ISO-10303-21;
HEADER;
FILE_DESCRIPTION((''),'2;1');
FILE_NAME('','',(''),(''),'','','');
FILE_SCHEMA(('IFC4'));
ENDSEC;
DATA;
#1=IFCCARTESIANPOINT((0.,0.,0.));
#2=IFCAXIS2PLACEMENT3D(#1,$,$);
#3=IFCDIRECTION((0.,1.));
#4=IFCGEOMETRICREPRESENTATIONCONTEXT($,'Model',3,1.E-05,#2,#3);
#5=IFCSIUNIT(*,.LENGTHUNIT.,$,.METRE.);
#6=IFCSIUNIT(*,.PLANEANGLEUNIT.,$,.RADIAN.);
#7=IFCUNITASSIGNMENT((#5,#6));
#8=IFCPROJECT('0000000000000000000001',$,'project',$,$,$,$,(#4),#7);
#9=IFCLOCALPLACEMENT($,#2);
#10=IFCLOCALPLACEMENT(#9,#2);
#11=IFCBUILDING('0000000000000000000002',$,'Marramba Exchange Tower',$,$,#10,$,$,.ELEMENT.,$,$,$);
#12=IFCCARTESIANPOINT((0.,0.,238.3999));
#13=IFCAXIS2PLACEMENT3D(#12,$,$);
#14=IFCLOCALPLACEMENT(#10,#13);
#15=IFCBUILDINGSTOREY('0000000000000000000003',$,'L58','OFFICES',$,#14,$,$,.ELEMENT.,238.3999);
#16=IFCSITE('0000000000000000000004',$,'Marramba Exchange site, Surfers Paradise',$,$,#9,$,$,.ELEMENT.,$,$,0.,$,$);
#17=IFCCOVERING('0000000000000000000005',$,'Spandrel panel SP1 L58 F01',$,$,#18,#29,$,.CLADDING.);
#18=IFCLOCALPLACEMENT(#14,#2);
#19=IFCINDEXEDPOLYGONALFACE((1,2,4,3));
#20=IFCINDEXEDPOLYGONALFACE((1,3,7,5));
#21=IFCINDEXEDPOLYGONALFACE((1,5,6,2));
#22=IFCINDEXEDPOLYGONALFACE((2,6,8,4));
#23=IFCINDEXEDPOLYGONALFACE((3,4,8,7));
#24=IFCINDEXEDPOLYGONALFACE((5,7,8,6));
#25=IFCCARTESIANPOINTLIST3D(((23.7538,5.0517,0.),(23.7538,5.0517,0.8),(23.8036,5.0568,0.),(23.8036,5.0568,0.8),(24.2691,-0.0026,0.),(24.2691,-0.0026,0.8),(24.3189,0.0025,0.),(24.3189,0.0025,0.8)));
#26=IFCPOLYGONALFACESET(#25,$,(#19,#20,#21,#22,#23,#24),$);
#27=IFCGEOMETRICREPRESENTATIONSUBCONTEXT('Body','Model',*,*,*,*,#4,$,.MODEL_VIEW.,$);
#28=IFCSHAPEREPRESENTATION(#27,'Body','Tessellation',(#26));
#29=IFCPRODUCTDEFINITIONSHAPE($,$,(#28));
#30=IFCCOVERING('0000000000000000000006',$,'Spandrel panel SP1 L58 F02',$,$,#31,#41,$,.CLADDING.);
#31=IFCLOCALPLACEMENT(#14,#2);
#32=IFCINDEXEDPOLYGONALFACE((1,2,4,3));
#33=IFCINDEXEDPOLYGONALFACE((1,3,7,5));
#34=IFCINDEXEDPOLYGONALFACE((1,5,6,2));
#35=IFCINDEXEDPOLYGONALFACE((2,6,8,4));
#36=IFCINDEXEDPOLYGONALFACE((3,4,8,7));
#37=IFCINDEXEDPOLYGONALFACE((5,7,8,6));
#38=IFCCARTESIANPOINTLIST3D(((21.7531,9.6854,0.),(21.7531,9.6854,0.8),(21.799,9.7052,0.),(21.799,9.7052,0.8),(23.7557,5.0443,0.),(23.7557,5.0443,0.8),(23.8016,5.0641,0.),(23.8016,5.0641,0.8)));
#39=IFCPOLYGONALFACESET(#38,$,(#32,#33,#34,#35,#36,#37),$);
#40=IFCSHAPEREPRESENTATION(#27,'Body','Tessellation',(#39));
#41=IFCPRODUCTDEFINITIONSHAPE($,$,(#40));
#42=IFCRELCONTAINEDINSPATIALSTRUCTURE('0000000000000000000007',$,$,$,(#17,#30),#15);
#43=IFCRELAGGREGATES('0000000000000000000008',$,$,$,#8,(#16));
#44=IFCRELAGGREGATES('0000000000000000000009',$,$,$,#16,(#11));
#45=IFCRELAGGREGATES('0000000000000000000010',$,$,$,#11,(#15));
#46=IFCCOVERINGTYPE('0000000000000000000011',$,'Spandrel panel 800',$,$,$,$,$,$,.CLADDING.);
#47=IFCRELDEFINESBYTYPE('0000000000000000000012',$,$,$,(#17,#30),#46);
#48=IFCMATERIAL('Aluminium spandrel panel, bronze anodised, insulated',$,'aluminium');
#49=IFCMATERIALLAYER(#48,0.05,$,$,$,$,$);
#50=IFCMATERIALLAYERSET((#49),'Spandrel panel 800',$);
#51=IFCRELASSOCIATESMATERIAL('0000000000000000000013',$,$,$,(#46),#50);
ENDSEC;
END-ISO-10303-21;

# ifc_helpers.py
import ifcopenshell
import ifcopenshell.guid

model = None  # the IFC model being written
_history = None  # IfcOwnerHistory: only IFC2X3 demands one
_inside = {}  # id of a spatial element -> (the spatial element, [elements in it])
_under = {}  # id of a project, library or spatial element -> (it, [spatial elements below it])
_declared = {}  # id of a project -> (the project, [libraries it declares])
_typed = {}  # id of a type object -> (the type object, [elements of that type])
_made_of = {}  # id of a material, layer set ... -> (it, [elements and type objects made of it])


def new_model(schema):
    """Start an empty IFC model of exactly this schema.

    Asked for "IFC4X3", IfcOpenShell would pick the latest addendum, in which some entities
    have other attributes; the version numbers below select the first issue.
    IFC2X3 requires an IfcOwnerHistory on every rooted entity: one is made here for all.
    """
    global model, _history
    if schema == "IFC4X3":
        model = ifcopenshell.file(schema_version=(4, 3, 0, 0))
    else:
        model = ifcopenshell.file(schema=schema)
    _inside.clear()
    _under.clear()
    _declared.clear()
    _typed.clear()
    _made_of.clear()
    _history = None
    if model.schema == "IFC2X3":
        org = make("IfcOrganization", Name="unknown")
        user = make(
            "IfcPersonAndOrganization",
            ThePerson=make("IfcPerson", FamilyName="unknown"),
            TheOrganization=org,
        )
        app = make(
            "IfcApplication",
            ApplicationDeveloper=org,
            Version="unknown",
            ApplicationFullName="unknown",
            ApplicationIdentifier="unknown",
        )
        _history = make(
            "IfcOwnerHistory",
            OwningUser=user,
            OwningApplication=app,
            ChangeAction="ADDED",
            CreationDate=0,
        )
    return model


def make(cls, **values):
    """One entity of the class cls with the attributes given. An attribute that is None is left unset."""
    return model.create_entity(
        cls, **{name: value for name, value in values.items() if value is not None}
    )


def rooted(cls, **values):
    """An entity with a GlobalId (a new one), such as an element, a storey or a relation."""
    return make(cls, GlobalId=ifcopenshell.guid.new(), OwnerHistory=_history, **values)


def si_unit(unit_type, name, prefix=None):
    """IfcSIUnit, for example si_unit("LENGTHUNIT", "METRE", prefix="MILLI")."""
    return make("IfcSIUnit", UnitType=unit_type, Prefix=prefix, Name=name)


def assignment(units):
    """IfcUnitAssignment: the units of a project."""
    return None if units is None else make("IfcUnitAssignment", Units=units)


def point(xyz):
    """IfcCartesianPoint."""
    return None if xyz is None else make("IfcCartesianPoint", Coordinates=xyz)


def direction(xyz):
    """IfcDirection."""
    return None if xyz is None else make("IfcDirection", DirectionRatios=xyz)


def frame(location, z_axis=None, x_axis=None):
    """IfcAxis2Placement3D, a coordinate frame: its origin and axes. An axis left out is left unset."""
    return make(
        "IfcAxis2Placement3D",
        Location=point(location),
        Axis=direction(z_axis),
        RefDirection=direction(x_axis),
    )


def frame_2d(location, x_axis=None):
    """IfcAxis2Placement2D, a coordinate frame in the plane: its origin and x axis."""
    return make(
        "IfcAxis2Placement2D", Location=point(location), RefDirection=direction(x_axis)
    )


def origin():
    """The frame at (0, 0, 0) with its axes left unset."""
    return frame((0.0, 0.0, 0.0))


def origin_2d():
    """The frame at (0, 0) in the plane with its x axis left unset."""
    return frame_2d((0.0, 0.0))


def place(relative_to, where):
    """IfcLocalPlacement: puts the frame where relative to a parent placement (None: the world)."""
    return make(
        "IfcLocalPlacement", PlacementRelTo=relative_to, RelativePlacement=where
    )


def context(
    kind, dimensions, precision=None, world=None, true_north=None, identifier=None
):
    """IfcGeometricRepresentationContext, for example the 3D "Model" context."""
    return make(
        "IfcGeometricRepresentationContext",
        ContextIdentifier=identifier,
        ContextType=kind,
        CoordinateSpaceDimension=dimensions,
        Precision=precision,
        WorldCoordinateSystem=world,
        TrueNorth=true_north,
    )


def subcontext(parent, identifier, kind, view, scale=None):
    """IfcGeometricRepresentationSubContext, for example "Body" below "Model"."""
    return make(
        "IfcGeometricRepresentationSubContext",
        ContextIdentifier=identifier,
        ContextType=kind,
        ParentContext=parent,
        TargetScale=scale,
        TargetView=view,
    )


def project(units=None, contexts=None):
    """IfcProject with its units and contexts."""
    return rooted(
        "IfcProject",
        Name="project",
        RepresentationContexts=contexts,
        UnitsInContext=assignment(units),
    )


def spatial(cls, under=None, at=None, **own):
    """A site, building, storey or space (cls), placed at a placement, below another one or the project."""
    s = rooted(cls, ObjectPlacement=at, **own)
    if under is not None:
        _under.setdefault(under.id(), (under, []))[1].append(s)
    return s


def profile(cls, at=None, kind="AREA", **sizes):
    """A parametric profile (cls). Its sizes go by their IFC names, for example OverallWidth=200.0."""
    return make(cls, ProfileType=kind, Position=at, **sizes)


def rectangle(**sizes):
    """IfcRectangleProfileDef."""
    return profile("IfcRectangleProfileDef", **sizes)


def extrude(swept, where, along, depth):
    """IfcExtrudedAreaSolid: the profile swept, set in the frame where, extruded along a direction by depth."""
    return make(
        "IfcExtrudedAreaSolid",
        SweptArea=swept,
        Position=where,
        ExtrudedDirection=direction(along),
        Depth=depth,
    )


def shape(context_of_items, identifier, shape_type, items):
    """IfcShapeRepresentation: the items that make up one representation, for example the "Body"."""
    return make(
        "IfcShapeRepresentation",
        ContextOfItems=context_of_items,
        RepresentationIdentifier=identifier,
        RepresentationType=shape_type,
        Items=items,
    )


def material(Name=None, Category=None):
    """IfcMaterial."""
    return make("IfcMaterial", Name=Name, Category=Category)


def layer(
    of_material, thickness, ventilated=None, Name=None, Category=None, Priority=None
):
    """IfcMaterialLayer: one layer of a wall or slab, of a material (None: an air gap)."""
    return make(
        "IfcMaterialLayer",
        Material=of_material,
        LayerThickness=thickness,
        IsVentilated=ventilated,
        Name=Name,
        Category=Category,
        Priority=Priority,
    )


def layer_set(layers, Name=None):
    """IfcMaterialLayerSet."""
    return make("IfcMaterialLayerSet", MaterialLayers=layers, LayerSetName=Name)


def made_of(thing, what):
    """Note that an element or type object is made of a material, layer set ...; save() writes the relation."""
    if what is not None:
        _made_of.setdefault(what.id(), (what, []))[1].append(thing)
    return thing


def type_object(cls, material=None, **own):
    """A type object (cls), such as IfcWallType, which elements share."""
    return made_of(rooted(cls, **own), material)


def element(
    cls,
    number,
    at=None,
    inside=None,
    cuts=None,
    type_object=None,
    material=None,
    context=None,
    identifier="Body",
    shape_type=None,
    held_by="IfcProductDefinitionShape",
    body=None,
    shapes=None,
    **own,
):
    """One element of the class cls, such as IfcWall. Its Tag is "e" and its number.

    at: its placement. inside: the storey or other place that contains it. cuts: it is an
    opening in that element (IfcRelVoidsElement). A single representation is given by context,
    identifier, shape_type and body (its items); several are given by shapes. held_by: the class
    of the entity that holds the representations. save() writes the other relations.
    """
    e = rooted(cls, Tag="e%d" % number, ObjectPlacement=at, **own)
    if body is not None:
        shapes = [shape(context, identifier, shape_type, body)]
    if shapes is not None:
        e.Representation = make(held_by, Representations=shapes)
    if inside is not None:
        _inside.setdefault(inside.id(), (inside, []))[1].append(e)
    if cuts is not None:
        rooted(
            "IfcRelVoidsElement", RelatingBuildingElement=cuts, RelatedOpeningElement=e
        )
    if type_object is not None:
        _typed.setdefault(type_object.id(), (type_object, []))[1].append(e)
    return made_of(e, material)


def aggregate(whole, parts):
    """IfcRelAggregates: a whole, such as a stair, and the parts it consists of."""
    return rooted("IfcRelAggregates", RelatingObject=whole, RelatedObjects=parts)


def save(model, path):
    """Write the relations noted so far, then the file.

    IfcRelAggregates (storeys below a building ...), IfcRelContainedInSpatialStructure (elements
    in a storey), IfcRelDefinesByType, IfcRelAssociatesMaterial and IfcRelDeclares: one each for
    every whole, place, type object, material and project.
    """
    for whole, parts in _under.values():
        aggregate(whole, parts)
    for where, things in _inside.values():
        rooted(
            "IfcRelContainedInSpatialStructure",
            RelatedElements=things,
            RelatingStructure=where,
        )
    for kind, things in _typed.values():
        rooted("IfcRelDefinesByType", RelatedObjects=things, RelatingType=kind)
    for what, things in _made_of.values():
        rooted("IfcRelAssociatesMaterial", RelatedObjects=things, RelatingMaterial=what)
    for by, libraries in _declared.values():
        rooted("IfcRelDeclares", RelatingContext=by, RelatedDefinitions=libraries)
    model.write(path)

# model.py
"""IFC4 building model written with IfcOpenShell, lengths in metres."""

from ifc_helpers import new_model, si_unit, direction, frame, origin, origin_2d, place, context, subcontext, project, spatial, rectangle, extrude, material, layer, layer_set, type_object, element, save


model = new_model("IFC4")

# Units and contexts
model_context = context("Model", 3, precision=1e-05, world=origin(), true_north=direction((0.0, 1.0)))
body_context = subcontext(model_context, "Body", "Model", "MODEL_VIEW")
ifc_project = project(units=[si_unit("LENGTHUNIT", "METRE"), si_unit("PLANEANGLEUNIT", "RADIAN")], contexts=[model_context])

# Site, building, storey
site_placement = place(None, origin())
site = spatial("IfcSite", under=ifc_project, at=site_placement, Name="Marramba Exchange site, Surfers Paradise", CompositionType="ELEMENT", RefElevation=0.0)
building_placement = place(site_placement, origin())
building = spatial("IfcBuilding", under=site, at=building_placement, Name="Marramba Exchange Tower", CompositionType="ELEMENT")
storey_placement = place(building_placement, frame((0.0, 0.0, 238.3999)))
storey = spatial("IfcBuildingStorey", under=building, at=storey_placement, Name="L58", Description="OFFICES", CompositionType="ELEMENT", Elevation=238.3999)

# Coverings
ifc_material_1 = material(Name="Aluminium spandrel panel, bronze anodised, insulated", Category="aluminium")
ifc_layer_1 = layer(ifc_material_1, 0.05)
ifc_layer_set_1 = layer_set([ifc_layer_1], Name="Spandrel panel 800")
covering_type = type_object("IfcCoveringType", Name="Spandrel panel 800", PredefinedType="CLADDING", material=ifc_layer_set_1)
covering_1_placement = place(storey_placement, frame((24.0364, 2.5271, 0.0), z_axis=(0.0, 0.0, 1.0), x_axis=(-0.101422, 0.994843, 0.0)))
element("IfcCovering", 1, at=covering_1_placement, inside=storey, type_object=covering_type, Name="Spandrel panel SP1 L58 F01", PredefinedType="CLADDING", context=body_context, shape_type="SweptSolid", body=[
    extrude(rectangle(XDim=5.0806, YDim=0.05, at=origin_2d()), origin(), (0.0, 0.0, 1.0), 0.8),
])
covering_2_placement = place(storey_placement, frame((22.7773, 7.3748, 0.0), z_axis=(0.0, 0.0, 1.0), x_axis=(-0.396193, 0.918167, 0.0)))
element("IfcCovering", 2, at=covering_2_placement, inside=storey, type_object=covering_type, Name="Spandrel panel SP1 L58 F02", PredefinedType="CLADDING", context=body_context, shape_type="SweptSolid", body=[
    extrude(rectangle(XDim=5.0547, YDim=0.05, at=origin_2d()), origin(), (0.0, 0.0, 1.0), 0.8),
])

save(model, "model.ifc")
